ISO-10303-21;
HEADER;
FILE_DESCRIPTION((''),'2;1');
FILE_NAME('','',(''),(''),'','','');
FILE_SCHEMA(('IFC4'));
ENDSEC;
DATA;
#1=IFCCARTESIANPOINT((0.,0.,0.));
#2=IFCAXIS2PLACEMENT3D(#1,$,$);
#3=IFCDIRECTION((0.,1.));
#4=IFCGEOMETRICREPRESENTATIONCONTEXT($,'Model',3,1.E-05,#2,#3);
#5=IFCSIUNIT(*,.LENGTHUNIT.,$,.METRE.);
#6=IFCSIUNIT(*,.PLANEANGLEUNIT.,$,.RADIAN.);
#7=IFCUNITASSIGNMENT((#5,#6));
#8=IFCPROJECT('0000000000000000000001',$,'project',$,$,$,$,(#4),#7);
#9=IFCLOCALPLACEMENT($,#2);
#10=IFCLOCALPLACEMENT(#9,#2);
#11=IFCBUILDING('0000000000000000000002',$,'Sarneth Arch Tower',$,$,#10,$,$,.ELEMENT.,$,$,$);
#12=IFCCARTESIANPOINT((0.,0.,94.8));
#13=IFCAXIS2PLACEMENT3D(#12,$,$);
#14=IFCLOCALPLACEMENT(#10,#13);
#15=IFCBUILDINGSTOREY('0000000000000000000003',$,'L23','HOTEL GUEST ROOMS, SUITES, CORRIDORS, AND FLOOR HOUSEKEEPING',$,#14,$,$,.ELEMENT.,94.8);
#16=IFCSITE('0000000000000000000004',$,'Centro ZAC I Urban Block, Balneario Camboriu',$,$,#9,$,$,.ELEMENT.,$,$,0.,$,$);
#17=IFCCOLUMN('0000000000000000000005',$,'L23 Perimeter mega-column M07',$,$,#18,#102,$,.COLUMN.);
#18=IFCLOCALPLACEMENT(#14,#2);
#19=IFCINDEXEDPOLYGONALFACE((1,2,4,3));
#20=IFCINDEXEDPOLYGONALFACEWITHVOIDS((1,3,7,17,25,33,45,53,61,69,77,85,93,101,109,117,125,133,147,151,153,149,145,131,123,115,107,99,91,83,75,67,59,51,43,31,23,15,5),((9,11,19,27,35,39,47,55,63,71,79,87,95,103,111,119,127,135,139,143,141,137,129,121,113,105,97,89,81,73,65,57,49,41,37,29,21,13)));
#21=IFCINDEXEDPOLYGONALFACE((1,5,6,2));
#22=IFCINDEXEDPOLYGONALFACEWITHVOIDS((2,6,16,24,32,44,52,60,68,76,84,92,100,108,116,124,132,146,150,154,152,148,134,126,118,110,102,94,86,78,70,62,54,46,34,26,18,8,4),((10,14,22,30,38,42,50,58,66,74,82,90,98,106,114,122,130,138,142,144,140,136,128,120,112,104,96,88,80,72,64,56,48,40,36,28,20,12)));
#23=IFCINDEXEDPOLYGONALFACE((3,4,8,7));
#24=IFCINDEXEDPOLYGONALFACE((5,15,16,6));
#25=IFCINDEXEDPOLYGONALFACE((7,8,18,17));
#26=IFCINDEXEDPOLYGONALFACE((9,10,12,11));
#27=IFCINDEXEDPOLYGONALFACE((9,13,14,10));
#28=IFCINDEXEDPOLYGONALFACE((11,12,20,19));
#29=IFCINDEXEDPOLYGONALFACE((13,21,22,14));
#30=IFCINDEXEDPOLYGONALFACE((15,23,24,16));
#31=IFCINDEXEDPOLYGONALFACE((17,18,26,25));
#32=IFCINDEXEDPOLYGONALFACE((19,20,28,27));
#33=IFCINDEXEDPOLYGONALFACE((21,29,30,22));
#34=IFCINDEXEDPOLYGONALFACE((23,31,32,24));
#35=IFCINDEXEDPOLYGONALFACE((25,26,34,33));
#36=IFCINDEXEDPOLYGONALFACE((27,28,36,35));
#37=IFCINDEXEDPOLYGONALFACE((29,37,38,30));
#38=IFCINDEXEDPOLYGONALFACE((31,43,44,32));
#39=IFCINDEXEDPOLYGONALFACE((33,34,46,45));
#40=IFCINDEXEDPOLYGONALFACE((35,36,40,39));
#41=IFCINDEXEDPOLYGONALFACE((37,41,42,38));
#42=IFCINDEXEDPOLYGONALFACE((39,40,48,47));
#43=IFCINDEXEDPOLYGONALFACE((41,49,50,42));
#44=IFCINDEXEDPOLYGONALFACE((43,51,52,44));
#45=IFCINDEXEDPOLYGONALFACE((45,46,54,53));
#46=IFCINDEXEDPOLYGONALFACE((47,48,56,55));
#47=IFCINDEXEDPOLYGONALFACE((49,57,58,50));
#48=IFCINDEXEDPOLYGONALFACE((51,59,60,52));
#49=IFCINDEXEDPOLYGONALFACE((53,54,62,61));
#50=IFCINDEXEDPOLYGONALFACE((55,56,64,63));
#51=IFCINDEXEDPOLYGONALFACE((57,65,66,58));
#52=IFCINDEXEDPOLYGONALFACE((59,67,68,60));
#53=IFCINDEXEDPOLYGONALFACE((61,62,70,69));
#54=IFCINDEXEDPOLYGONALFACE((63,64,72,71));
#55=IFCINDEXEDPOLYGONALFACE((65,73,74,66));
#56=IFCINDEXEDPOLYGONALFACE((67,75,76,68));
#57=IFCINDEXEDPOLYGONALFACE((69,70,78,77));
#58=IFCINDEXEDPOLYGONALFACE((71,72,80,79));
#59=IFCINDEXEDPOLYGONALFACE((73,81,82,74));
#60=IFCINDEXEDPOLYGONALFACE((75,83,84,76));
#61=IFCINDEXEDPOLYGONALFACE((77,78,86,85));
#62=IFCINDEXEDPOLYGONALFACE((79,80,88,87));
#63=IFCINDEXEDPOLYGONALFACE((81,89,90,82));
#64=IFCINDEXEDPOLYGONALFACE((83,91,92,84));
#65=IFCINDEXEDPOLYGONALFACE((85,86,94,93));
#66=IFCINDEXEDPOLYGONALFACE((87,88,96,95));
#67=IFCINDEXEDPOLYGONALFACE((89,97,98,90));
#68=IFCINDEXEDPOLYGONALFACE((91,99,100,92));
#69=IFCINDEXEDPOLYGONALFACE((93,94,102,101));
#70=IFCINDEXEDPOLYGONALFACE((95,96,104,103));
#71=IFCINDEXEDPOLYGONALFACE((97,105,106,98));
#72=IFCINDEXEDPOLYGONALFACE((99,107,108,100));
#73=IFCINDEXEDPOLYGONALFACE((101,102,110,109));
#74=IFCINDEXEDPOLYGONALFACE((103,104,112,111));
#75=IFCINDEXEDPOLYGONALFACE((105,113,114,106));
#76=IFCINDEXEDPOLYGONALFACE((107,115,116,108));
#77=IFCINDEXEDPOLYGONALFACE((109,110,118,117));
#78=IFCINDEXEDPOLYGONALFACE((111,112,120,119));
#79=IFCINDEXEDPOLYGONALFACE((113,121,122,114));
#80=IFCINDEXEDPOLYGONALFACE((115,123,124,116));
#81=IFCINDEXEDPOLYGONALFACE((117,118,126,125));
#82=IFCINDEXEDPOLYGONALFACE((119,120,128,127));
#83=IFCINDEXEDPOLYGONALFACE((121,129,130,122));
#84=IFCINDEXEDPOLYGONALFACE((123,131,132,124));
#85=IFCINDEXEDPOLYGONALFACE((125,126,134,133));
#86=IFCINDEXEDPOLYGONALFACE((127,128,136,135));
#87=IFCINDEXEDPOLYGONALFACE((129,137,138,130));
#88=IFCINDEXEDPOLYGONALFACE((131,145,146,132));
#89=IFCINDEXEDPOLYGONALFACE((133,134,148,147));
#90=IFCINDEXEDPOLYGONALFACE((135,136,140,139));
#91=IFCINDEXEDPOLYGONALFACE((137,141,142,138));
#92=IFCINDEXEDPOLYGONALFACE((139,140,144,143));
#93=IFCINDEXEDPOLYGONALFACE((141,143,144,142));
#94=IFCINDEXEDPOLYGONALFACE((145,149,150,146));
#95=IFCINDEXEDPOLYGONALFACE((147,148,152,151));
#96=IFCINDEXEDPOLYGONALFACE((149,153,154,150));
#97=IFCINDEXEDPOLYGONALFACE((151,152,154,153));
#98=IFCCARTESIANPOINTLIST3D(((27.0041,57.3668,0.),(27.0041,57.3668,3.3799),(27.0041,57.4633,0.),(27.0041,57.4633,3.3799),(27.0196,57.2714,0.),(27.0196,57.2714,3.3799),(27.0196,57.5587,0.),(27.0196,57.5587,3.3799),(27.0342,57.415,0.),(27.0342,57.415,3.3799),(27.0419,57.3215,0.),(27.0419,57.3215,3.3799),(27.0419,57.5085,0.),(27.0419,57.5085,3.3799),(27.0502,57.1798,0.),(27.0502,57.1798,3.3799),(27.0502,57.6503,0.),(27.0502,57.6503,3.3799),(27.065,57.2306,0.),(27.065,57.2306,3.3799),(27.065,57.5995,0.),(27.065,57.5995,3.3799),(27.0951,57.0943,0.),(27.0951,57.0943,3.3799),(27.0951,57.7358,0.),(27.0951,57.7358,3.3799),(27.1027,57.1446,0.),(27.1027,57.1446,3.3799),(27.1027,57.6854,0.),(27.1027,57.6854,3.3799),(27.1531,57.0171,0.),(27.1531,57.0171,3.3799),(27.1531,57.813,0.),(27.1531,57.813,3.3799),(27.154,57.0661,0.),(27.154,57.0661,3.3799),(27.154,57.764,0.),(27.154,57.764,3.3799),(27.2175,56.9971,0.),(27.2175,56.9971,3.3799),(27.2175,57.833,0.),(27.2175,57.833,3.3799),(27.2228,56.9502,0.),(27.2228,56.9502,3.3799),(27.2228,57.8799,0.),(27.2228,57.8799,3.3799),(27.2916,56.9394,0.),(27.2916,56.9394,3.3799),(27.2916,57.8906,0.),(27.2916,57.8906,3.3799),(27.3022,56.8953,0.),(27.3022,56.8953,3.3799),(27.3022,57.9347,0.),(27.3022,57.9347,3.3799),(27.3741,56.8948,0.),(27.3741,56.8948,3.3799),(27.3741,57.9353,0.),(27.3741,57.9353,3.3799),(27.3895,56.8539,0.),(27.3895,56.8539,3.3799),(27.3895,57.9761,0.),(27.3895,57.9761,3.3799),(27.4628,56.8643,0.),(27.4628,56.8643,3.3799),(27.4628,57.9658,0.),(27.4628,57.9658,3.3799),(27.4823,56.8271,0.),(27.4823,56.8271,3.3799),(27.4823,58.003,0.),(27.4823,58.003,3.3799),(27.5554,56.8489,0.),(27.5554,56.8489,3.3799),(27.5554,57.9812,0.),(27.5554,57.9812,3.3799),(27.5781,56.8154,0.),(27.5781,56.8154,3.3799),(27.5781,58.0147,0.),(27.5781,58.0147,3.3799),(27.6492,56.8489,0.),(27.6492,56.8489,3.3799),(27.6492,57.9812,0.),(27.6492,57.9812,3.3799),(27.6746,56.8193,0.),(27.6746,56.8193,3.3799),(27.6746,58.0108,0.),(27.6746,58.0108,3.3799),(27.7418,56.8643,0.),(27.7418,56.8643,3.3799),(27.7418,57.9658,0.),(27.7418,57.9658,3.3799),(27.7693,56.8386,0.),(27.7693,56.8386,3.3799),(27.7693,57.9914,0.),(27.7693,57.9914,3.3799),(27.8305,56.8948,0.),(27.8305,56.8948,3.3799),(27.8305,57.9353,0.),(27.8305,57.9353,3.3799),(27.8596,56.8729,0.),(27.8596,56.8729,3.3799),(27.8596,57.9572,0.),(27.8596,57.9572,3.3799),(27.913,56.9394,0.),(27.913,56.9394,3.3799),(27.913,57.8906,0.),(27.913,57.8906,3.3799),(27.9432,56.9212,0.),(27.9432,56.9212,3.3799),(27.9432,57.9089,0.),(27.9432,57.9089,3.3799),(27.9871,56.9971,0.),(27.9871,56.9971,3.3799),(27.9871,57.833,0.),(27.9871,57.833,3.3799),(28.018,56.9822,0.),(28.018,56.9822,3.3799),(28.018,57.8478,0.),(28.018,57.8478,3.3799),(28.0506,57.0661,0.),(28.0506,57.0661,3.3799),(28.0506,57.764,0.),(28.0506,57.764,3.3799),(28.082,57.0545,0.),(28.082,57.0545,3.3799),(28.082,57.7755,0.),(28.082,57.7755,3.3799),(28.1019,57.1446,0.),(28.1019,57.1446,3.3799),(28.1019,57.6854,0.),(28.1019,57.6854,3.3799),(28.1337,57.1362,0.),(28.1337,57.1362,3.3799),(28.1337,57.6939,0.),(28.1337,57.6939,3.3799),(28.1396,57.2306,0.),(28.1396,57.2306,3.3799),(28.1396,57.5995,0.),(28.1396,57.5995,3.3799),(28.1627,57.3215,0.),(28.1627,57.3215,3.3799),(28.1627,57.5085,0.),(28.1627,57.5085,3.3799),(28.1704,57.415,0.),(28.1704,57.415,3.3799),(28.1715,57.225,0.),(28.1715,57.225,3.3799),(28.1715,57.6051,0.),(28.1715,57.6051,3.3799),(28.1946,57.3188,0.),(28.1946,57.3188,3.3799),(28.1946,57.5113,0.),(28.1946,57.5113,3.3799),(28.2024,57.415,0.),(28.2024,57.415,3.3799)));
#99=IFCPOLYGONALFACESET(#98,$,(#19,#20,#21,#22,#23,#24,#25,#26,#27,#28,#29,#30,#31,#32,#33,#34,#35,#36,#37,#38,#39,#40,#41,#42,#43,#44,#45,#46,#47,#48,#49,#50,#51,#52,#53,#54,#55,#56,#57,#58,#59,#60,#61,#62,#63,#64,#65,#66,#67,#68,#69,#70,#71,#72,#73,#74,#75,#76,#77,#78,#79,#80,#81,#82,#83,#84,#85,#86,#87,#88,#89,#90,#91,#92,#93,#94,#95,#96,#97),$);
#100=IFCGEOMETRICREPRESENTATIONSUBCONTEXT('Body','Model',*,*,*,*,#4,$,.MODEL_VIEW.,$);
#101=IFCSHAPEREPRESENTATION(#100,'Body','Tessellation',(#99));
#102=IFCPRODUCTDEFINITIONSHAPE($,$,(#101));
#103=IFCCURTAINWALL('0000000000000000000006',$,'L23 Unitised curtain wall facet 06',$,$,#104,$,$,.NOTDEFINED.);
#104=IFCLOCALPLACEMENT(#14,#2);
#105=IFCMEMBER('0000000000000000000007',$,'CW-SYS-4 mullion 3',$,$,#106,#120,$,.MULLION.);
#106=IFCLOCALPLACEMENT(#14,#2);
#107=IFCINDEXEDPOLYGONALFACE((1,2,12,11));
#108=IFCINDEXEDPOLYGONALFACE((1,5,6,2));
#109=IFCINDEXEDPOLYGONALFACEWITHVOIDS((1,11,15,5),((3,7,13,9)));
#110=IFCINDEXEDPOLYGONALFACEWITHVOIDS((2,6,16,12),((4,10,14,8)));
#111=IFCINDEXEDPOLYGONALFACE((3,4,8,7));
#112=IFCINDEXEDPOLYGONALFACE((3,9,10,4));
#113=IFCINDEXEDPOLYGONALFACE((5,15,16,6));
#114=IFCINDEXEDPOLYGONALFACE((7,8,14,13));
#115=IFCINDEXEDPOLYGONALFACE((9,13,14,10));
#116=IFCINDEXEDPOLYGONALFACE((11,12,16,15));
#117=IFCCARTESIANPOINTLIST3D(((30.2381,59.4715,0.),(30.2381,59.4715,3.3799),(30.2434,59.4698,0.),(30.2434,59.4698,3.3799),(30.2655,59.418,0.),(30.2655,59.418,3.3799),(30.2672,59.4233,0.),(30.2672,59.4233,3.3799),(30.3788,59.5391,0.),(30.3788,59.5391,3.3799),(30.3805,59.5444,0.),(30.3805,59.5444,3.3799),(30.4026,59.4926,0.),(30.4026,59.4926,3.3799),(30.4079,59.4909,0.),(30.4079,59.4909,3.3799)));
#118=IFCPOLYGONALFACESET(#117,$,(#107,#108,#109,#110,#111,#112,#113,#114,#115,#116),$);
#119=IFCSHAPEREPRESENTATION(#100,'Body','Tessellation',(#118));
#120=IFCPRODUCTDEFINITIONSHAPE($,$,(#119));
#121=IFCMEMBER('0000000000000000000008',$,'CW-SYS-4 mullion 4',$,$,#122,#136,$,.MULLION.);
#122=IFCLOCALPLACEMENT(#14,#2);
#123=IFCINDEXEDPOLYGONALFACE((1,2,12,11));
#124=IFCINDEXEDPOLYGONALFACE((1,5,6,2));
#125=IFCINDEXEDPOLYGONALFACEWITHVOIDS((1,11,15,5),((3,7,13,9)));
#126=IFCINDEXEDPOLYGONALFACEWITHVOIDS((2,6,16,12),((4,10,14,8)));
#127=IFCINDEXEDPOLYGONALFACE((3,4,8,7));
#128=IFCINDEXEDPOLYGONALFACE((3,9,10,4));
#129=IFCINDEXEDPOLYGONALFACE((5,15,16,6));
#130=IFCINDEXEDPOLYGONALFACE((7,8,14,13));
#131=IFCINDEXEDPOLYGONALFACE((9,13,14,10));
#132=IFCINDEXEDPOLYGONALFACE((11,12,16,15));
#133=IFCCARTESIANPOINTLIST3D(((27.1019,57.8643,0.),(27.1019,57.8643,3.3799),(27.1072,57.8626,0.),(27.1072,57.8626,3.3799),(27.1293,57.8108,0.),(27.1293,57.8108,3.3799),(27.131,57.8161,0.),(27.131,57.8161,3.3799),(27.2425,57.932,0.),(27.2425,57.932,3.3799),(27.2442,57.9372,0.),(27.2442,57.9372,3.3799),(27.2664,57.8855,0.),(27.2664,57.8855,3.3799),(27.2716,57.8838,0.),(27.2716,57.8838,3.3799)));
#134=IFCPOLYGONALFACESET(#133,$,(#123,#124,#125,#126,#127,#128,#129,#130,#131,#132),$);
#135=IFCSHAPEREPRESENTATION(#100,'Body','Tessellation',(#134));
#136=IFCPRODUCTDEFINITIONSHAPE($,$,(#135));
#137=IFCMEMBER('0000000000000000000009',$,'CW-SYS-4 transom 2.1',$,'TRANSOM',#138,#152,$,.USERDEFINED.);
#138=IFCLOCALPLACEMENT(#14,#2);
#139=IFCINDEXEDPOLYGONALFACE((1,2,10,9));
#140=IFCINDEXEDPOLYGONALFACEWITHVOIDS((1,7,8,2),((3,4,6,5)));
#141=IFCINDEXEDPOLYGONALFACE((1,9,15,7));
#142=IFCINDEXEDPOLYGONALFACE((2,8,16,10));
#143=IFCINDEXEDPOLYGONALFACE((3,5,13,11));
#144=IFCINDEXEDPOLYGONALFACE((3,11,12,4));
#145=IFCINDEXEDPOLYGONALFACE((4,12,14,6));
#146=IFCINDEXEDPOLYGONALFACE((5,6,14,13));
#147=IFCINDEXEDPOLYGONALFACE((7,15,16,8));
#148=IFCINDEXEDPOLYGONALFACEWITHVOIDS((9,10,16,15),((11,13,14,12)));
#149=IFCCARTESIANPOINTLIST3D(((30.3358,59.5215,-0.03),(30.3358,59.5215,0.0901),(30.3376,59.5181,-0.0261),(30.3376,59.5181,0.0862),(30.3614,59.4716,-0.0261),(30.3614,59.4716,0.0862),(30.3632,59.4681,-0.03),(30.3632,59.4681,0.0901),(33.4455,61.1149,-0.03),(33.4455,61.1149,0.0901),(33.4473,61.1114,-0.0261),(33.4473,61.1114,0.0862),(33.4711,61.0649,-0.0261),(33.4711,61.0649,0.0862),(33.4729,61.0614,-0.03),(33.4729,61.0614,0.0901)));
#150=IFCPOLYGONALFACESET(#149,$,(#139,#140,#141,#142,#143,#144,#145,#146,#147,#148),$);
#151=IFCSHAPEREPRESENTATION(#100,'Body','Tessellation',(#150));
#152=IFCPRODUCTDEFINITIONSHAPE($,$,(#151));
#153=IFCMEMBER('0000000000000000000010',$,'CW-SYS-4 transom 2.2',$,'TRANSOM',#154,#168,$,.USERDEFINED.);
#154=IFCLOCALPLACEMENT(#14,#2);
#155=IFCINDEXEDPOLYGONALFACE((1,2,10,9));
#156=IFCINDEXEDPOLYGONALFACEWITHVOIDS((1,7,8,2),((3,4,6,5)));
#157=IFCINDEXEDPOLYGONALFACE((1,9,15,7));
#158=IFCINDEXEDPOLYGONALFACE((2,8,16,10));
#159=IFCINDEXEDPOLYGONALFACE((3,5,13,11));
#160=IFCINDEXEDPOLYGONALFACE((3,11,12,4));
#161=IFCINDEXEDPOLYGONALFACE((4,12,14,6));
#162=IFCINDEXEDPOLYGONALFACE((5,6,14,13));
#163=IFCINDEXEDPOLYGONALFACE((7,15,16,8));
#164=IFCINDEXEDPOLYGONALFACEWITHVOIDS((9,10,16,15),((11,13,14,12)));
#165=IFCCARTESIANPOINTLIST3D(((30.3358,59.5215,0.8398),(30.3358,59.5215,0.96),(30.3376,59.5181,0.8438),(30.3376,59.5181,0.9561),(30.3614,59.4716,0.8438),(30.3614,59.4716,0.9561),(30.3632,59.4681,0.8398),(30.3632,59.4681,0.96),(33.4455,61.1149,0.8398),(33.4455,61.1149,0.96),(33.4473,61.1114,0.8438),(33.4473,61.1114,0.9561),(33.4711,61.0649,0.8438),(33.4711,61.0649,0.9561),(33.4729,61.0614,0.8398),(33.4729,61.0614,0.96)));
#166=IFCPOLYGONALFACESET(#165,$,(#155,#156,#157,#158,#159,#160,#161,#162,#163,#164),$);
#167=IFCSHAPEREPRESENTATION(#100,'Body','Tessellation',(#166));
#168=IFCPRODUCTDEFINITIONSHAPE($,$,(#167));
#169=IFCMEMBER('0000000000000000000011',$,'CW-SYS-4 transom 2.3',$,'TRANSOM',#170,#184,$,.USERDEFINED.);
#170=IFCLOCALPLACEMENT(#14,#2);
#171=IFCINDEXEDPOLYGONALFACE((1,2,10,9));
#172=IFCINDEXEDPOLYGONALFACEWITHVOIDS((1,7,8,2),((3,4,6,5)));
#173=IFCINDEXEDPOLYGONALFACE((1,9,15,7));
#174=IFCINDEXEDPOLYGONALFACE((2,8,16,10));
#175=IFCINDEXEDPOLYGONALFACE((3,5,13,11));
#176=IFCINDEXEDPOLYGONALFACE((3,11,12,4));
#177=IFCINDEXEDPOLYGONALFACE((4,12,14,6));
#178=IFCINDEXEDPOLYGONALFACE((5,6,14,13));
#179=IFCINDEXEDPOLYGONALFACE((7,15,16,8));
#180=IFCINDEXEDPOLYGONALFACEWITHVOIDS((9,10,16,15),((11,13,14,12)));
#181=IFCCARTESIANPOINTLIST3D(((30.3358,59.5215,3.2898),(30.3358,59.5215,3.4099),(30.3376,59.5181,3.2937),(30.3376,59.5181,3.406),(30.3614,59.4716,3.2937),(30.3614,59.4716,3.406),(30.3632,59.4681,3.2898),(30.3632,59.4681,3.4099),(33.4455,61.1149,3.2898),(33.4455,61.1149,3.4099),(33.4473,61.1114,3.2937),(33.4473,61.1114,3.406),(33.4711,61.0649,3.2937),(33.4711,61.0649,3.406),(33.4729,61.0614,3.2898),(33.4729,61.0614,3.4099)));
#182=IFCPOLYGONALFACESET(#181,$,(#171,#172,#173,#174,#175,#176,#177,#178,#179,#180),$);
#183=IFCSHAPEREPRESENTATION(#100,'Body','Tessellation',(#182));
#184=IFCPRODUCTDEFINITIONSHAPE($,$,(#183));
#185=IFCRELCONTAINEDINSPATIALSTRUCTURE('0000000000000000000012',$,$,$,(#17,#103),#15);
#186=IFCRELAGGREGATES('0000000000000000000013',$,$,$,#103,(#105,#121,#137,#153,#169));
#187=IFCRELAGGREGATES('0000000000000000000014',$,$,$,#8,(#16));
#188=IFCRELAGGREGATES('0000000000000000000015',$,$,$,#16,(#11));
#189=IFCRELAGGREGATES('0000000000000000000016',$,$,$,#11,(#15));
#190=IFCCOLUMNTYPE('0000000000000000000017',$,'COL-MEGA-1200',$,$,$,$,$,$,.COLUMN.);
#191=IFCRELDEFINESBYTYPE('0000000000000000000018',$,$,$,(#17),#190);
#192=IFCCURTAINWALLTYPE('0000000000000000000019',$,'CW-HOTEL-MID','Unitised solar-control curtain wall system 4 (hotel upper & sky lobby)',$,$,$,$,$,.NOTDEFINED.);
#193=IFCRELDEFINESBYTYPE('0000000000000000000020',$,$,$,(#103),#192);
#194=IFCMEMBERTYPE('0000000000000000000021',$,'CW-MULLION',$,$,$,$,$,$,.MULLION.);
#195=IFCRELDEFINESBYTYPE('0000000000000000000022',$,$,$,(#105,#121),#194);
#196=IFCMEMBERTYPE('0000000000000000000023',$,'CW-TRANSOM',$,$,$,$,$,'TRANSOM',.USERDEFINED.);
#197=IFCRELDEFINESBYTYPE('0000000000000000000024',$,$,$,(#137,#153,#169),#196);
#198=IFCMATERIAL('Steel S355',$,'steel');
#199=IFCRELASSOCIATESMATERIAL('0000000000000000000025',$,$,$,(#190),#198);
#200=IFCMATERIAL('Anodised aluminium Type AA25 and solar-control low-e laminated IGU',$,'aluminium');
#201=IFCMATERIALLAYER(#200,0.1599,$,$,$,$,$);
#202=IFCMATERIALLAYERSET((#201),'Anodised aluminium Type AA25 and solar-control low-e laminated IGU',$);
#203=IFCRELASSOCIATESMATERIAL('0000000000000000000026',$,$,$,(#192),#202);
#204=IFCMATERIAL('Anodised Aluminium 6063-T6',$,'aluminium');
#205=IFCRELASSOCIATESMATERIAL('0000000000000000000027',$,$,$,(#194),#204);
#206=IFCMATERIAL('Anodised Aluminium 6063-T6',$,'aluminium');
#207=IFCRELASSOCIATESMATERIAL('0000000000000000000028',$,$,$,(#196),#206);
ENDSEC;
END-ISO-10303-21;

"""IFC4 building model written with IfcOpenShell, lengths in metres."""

from ifc_helpers import new_model, si_unit, direction, frame, origin, origin_2d, place, context, subcontext, project, spatial, hollow_rectangle, hollow_circle, extrude, material, layer, layer_set, material_profile, profile_set, type_object, element, aggregate, save


model = new_model("IFC4")

# Units and contexts
model_context = context("Model", 3, precision=1e-05, world=origin(), true_north=direction((0.0, 1.0)))
body_context = subcontext(model_context, "Body", "Model", "MODEL_VIEW")
ifc_project = project(units=[si_unit("LENGTHUNIT", "METRE"), si_unit("PLANEANGLEUNIT", "RADIAN")], contexts=[model_context])

# Site, building, storey
site_placement = place(None, origin())
site = spatial("IfcSite", under=ifc_project, at=site_placement, Name="Centro ZAC I Urban Block, Balneario Camboriu", CompositionType="ELEMENT", RefElevation=0.0)
building_placement = place(site_placement, origin())
building = spatial("IfcBuilding", under=site, at=building_placement, Name="Sarneth Arch Tower", CompositionType="ELEMENT")
storey_placement = place(building_placement, frame((0.0, 0.0, 94.8)))
storey = spatial("IfcBuildingStorey", under=building, at=storey_placement, Name="L23", Description="HOTEL GUEST ROOMS, SUITES, CORRIDORS, AND FLOOR HOUSEKEEPING", CompositionType="ELEMENT", Elevation=94.8)

# Column
ifc_material_1 = material(Name="Steel S355", Category="steel")
ifc_material_profile_1 = material_profile(ifc_material_1, hollow_circle(Radius=0.6001, WallThickness=0.032, at=origin_2d()), Name="CHS1200x32")
ifc_profile_set_1 = profile_set([ifc_material_profile_1], Name="Steel S355")
column_type = type_object("IfcColumnType", Name="COL-MEGA-1200", PredefinedType="COLUMN", material=ifc_profile_set_1)
column_placement = place(storey_placement, frame((27.6023, 57.415, 0.0), z_axis=(0.0, 0.0, 1.0), x_axis=(1.0, 0.0, 0.0)))
element("IfcColumn", 1, at=column_placement, inside=storey, type_object=column_type, Name="L23 Perimeter mega-column M07", PredefinedType="COLUMN", context=body_context, shape_type="SweptSolid", body=[
    extrude(hollow_circle(Radius=0.6001, WallThickness=0.032, at=origin_2d()), origin(), (0.0, 0.0, 1.0), 3.3799),
])

# Curtain wall, members
ifc_material_2 = material(Name="Anodised aluminium Type AA25 and solar-control low-e laminated IGU", Category="aluminium")
ifc_layer_1 = layer(ifc_material_2, 0.1599)
ifc_layer_set_1 = layer_set([ifc_layer_1], Name="Anodised aluminium Type AA25 and solar-control low-e laminated IGU")
curtain_wall_type = type_object("IfcCurtainWallType", Name="CW-HOTEL-MID", Description="Unitised solar-control curtain wall system 4 (hotel upper & sky lobby)", PredefinedType="NOTDEFINED", material=ifc_layer_set_1)
curtain_wall_placement = place(storey_placement, origin())
curtain_wall = element("IfcCurtainWall", 2, at=curtain_wall_placement, inside=storey, type_object=curtain_wall_type, Name="L23 Unitised curtain wall facet 06", PredefinedType="NOTDEFINED")
ifc_material_3 = material(Name="Anodised Aluminium 6063-T6", Category="aluminium")
ifc_material_profile_2 = material_profile(ifc_material_3, hollow_rectangle(XDim=0.0601, YDim=0.1599, WallThickness=0.0039, at=origin_2d()), Name="AL-MULL-160x60x4")
ifc_profile_set_2 = profile_set([ifc_material_profile_2], Name="Anodised Aluminium 6063-T6")
member_type_1 = type_object("IfcMemberType", Name="CW-MULLION", PredefinedType="MULLION", material=ifc_profile_set_2)
member_1_placement = place(storey_placement, frame((30.323, 59.4812, 0.0), z_axis=(0.0, 0.0, 1.0), x_axis=(0.456031, -0.889964, 0.0)))
member_1 = element("IfcMember", 3, at=member_1_placement, type_object=member_type_1, Name="CW-SYS-4 mullion 3", PredefinedType="MULLION", context=body_context, shape_type="SweptSolid", body=[
    extrude(hollow_rectangle(XDim=0.0601, YDim=0.1599, WallThickness=0.0039, at=origin_2d()), origin(), (0.0, 0.0, 1.0), 3.3799),
])
member_2_placement = place(storey_placement, frame((27.1868, 57.874, 0.0), z_axis=(0.0, 0.0, 1.0), x_axis=(0.456031, -0.889964, 0.0)))
member_2 = element("IfcMember", 4, at=member_2_placement, type_object=member_type_1, Name="CW-SYS-4 mullion 4", PredefinedType="MULLION", context=body_context, shape_type="SweptSolid", body=[
    extrude(hollow_rectangle(XDim=0.0601, YDim=0.1599, WallThickness=0.0039, at=origin_2d()), origin(), (0.0, 0.0, 1.0), 3.3799),
])
ifc_material_4 = material(Name="Anodised Aluminium 6063-T6", Category="aluminium")
ifc_material_profile_3 = material_profile(ifc_material_4, hollow_rectangle(XDim=0.0601, YDim=0.1201, WallThickness=0.0039, at=origin_2d()), Name="AL-TRAN-120x60x4")
ifc_profile_set_3 = profile_set([ifc_material_profile_3], Name="Anodised Aluminium 6063-T6")
member_type_2 = type_object("IfcMemberType", Name="CW-TRANSOM", ElementType="TRANSOM", PredefinedType="USERDEFINED", material=ifc_profile_set_3)
member_3_placement = place(storey_placement, frame((33.4592, 61.0881, 0.03), z_axis=(-0.889982, -0.455996, 0.0), x_axis=(0.455996, -0.889982, 0.0)))
member_3 = element("IfcMember", 5, at=member_3_placement, type_object=member_type_2, Name="CW-SYS-4 transom 2.1", ObjectType="TRANSOM", PredefinedType="USERDEFINED", context=body_context, shape_type="SweptSolid", body=[
    extrude(hollow_rectangle(XDim=0.0601, YDim=0.1201, WallThickness=0.0039, at=origin_2d()), origin(), (0.0, 0.0, 1.0), 3.4941),
])
member_4_placement = place(storey_placement, frame((33.4592, 61.0881, 0.8999), z_axis=(-0.889982, -0.455996, 0.0), x_axis=(0.455996, -0.889982, 0.0)))
member_4 = element("IfcMember", 6, at=member_4_placement, type_object=member_type_2, Name="CW-SYS-4 transom 2.2", ObjectType="TRANSOM", PredefinedType="USERDEFINED", context=body_context, shape_type="SweptSolid", body=[
    extrude(hollow_rectangle(XDim=0.0601, YDim=0.1201, WallThickness=0.0039, at=origin_2d()), origin(), (0.0, 0.0, 1.0), 3.4941),
])
member_5_placement = place(storey_placement, frame((33.4592, 61.0881, 3.3499), z_axis=(-0.889982, -0.455996, 0.0), x_axis=(0.455996, -0.889982, 0.0)))
member_5 = element("IfcMember", 7, at=member_5_placement, type_object=member_type_2, Name="CW-SYS-4 transom 2.3", ObjectType="TRANSOM", PredefinedType="USERDEFINED", context=body_context, shape_type="SweptSolid", body=[
    extrude(hollow_rectangle(XDim=0.0601, YDim=0.1201, WallThickness=0.0039, at=origin_2d()), origin(), (0.0, 0.0, 1.0), 3.4941),
])

aggregate(curtain_wall, [member_1, member_2, member_3, member_4, member_5])

save(model, "model.ifc")
